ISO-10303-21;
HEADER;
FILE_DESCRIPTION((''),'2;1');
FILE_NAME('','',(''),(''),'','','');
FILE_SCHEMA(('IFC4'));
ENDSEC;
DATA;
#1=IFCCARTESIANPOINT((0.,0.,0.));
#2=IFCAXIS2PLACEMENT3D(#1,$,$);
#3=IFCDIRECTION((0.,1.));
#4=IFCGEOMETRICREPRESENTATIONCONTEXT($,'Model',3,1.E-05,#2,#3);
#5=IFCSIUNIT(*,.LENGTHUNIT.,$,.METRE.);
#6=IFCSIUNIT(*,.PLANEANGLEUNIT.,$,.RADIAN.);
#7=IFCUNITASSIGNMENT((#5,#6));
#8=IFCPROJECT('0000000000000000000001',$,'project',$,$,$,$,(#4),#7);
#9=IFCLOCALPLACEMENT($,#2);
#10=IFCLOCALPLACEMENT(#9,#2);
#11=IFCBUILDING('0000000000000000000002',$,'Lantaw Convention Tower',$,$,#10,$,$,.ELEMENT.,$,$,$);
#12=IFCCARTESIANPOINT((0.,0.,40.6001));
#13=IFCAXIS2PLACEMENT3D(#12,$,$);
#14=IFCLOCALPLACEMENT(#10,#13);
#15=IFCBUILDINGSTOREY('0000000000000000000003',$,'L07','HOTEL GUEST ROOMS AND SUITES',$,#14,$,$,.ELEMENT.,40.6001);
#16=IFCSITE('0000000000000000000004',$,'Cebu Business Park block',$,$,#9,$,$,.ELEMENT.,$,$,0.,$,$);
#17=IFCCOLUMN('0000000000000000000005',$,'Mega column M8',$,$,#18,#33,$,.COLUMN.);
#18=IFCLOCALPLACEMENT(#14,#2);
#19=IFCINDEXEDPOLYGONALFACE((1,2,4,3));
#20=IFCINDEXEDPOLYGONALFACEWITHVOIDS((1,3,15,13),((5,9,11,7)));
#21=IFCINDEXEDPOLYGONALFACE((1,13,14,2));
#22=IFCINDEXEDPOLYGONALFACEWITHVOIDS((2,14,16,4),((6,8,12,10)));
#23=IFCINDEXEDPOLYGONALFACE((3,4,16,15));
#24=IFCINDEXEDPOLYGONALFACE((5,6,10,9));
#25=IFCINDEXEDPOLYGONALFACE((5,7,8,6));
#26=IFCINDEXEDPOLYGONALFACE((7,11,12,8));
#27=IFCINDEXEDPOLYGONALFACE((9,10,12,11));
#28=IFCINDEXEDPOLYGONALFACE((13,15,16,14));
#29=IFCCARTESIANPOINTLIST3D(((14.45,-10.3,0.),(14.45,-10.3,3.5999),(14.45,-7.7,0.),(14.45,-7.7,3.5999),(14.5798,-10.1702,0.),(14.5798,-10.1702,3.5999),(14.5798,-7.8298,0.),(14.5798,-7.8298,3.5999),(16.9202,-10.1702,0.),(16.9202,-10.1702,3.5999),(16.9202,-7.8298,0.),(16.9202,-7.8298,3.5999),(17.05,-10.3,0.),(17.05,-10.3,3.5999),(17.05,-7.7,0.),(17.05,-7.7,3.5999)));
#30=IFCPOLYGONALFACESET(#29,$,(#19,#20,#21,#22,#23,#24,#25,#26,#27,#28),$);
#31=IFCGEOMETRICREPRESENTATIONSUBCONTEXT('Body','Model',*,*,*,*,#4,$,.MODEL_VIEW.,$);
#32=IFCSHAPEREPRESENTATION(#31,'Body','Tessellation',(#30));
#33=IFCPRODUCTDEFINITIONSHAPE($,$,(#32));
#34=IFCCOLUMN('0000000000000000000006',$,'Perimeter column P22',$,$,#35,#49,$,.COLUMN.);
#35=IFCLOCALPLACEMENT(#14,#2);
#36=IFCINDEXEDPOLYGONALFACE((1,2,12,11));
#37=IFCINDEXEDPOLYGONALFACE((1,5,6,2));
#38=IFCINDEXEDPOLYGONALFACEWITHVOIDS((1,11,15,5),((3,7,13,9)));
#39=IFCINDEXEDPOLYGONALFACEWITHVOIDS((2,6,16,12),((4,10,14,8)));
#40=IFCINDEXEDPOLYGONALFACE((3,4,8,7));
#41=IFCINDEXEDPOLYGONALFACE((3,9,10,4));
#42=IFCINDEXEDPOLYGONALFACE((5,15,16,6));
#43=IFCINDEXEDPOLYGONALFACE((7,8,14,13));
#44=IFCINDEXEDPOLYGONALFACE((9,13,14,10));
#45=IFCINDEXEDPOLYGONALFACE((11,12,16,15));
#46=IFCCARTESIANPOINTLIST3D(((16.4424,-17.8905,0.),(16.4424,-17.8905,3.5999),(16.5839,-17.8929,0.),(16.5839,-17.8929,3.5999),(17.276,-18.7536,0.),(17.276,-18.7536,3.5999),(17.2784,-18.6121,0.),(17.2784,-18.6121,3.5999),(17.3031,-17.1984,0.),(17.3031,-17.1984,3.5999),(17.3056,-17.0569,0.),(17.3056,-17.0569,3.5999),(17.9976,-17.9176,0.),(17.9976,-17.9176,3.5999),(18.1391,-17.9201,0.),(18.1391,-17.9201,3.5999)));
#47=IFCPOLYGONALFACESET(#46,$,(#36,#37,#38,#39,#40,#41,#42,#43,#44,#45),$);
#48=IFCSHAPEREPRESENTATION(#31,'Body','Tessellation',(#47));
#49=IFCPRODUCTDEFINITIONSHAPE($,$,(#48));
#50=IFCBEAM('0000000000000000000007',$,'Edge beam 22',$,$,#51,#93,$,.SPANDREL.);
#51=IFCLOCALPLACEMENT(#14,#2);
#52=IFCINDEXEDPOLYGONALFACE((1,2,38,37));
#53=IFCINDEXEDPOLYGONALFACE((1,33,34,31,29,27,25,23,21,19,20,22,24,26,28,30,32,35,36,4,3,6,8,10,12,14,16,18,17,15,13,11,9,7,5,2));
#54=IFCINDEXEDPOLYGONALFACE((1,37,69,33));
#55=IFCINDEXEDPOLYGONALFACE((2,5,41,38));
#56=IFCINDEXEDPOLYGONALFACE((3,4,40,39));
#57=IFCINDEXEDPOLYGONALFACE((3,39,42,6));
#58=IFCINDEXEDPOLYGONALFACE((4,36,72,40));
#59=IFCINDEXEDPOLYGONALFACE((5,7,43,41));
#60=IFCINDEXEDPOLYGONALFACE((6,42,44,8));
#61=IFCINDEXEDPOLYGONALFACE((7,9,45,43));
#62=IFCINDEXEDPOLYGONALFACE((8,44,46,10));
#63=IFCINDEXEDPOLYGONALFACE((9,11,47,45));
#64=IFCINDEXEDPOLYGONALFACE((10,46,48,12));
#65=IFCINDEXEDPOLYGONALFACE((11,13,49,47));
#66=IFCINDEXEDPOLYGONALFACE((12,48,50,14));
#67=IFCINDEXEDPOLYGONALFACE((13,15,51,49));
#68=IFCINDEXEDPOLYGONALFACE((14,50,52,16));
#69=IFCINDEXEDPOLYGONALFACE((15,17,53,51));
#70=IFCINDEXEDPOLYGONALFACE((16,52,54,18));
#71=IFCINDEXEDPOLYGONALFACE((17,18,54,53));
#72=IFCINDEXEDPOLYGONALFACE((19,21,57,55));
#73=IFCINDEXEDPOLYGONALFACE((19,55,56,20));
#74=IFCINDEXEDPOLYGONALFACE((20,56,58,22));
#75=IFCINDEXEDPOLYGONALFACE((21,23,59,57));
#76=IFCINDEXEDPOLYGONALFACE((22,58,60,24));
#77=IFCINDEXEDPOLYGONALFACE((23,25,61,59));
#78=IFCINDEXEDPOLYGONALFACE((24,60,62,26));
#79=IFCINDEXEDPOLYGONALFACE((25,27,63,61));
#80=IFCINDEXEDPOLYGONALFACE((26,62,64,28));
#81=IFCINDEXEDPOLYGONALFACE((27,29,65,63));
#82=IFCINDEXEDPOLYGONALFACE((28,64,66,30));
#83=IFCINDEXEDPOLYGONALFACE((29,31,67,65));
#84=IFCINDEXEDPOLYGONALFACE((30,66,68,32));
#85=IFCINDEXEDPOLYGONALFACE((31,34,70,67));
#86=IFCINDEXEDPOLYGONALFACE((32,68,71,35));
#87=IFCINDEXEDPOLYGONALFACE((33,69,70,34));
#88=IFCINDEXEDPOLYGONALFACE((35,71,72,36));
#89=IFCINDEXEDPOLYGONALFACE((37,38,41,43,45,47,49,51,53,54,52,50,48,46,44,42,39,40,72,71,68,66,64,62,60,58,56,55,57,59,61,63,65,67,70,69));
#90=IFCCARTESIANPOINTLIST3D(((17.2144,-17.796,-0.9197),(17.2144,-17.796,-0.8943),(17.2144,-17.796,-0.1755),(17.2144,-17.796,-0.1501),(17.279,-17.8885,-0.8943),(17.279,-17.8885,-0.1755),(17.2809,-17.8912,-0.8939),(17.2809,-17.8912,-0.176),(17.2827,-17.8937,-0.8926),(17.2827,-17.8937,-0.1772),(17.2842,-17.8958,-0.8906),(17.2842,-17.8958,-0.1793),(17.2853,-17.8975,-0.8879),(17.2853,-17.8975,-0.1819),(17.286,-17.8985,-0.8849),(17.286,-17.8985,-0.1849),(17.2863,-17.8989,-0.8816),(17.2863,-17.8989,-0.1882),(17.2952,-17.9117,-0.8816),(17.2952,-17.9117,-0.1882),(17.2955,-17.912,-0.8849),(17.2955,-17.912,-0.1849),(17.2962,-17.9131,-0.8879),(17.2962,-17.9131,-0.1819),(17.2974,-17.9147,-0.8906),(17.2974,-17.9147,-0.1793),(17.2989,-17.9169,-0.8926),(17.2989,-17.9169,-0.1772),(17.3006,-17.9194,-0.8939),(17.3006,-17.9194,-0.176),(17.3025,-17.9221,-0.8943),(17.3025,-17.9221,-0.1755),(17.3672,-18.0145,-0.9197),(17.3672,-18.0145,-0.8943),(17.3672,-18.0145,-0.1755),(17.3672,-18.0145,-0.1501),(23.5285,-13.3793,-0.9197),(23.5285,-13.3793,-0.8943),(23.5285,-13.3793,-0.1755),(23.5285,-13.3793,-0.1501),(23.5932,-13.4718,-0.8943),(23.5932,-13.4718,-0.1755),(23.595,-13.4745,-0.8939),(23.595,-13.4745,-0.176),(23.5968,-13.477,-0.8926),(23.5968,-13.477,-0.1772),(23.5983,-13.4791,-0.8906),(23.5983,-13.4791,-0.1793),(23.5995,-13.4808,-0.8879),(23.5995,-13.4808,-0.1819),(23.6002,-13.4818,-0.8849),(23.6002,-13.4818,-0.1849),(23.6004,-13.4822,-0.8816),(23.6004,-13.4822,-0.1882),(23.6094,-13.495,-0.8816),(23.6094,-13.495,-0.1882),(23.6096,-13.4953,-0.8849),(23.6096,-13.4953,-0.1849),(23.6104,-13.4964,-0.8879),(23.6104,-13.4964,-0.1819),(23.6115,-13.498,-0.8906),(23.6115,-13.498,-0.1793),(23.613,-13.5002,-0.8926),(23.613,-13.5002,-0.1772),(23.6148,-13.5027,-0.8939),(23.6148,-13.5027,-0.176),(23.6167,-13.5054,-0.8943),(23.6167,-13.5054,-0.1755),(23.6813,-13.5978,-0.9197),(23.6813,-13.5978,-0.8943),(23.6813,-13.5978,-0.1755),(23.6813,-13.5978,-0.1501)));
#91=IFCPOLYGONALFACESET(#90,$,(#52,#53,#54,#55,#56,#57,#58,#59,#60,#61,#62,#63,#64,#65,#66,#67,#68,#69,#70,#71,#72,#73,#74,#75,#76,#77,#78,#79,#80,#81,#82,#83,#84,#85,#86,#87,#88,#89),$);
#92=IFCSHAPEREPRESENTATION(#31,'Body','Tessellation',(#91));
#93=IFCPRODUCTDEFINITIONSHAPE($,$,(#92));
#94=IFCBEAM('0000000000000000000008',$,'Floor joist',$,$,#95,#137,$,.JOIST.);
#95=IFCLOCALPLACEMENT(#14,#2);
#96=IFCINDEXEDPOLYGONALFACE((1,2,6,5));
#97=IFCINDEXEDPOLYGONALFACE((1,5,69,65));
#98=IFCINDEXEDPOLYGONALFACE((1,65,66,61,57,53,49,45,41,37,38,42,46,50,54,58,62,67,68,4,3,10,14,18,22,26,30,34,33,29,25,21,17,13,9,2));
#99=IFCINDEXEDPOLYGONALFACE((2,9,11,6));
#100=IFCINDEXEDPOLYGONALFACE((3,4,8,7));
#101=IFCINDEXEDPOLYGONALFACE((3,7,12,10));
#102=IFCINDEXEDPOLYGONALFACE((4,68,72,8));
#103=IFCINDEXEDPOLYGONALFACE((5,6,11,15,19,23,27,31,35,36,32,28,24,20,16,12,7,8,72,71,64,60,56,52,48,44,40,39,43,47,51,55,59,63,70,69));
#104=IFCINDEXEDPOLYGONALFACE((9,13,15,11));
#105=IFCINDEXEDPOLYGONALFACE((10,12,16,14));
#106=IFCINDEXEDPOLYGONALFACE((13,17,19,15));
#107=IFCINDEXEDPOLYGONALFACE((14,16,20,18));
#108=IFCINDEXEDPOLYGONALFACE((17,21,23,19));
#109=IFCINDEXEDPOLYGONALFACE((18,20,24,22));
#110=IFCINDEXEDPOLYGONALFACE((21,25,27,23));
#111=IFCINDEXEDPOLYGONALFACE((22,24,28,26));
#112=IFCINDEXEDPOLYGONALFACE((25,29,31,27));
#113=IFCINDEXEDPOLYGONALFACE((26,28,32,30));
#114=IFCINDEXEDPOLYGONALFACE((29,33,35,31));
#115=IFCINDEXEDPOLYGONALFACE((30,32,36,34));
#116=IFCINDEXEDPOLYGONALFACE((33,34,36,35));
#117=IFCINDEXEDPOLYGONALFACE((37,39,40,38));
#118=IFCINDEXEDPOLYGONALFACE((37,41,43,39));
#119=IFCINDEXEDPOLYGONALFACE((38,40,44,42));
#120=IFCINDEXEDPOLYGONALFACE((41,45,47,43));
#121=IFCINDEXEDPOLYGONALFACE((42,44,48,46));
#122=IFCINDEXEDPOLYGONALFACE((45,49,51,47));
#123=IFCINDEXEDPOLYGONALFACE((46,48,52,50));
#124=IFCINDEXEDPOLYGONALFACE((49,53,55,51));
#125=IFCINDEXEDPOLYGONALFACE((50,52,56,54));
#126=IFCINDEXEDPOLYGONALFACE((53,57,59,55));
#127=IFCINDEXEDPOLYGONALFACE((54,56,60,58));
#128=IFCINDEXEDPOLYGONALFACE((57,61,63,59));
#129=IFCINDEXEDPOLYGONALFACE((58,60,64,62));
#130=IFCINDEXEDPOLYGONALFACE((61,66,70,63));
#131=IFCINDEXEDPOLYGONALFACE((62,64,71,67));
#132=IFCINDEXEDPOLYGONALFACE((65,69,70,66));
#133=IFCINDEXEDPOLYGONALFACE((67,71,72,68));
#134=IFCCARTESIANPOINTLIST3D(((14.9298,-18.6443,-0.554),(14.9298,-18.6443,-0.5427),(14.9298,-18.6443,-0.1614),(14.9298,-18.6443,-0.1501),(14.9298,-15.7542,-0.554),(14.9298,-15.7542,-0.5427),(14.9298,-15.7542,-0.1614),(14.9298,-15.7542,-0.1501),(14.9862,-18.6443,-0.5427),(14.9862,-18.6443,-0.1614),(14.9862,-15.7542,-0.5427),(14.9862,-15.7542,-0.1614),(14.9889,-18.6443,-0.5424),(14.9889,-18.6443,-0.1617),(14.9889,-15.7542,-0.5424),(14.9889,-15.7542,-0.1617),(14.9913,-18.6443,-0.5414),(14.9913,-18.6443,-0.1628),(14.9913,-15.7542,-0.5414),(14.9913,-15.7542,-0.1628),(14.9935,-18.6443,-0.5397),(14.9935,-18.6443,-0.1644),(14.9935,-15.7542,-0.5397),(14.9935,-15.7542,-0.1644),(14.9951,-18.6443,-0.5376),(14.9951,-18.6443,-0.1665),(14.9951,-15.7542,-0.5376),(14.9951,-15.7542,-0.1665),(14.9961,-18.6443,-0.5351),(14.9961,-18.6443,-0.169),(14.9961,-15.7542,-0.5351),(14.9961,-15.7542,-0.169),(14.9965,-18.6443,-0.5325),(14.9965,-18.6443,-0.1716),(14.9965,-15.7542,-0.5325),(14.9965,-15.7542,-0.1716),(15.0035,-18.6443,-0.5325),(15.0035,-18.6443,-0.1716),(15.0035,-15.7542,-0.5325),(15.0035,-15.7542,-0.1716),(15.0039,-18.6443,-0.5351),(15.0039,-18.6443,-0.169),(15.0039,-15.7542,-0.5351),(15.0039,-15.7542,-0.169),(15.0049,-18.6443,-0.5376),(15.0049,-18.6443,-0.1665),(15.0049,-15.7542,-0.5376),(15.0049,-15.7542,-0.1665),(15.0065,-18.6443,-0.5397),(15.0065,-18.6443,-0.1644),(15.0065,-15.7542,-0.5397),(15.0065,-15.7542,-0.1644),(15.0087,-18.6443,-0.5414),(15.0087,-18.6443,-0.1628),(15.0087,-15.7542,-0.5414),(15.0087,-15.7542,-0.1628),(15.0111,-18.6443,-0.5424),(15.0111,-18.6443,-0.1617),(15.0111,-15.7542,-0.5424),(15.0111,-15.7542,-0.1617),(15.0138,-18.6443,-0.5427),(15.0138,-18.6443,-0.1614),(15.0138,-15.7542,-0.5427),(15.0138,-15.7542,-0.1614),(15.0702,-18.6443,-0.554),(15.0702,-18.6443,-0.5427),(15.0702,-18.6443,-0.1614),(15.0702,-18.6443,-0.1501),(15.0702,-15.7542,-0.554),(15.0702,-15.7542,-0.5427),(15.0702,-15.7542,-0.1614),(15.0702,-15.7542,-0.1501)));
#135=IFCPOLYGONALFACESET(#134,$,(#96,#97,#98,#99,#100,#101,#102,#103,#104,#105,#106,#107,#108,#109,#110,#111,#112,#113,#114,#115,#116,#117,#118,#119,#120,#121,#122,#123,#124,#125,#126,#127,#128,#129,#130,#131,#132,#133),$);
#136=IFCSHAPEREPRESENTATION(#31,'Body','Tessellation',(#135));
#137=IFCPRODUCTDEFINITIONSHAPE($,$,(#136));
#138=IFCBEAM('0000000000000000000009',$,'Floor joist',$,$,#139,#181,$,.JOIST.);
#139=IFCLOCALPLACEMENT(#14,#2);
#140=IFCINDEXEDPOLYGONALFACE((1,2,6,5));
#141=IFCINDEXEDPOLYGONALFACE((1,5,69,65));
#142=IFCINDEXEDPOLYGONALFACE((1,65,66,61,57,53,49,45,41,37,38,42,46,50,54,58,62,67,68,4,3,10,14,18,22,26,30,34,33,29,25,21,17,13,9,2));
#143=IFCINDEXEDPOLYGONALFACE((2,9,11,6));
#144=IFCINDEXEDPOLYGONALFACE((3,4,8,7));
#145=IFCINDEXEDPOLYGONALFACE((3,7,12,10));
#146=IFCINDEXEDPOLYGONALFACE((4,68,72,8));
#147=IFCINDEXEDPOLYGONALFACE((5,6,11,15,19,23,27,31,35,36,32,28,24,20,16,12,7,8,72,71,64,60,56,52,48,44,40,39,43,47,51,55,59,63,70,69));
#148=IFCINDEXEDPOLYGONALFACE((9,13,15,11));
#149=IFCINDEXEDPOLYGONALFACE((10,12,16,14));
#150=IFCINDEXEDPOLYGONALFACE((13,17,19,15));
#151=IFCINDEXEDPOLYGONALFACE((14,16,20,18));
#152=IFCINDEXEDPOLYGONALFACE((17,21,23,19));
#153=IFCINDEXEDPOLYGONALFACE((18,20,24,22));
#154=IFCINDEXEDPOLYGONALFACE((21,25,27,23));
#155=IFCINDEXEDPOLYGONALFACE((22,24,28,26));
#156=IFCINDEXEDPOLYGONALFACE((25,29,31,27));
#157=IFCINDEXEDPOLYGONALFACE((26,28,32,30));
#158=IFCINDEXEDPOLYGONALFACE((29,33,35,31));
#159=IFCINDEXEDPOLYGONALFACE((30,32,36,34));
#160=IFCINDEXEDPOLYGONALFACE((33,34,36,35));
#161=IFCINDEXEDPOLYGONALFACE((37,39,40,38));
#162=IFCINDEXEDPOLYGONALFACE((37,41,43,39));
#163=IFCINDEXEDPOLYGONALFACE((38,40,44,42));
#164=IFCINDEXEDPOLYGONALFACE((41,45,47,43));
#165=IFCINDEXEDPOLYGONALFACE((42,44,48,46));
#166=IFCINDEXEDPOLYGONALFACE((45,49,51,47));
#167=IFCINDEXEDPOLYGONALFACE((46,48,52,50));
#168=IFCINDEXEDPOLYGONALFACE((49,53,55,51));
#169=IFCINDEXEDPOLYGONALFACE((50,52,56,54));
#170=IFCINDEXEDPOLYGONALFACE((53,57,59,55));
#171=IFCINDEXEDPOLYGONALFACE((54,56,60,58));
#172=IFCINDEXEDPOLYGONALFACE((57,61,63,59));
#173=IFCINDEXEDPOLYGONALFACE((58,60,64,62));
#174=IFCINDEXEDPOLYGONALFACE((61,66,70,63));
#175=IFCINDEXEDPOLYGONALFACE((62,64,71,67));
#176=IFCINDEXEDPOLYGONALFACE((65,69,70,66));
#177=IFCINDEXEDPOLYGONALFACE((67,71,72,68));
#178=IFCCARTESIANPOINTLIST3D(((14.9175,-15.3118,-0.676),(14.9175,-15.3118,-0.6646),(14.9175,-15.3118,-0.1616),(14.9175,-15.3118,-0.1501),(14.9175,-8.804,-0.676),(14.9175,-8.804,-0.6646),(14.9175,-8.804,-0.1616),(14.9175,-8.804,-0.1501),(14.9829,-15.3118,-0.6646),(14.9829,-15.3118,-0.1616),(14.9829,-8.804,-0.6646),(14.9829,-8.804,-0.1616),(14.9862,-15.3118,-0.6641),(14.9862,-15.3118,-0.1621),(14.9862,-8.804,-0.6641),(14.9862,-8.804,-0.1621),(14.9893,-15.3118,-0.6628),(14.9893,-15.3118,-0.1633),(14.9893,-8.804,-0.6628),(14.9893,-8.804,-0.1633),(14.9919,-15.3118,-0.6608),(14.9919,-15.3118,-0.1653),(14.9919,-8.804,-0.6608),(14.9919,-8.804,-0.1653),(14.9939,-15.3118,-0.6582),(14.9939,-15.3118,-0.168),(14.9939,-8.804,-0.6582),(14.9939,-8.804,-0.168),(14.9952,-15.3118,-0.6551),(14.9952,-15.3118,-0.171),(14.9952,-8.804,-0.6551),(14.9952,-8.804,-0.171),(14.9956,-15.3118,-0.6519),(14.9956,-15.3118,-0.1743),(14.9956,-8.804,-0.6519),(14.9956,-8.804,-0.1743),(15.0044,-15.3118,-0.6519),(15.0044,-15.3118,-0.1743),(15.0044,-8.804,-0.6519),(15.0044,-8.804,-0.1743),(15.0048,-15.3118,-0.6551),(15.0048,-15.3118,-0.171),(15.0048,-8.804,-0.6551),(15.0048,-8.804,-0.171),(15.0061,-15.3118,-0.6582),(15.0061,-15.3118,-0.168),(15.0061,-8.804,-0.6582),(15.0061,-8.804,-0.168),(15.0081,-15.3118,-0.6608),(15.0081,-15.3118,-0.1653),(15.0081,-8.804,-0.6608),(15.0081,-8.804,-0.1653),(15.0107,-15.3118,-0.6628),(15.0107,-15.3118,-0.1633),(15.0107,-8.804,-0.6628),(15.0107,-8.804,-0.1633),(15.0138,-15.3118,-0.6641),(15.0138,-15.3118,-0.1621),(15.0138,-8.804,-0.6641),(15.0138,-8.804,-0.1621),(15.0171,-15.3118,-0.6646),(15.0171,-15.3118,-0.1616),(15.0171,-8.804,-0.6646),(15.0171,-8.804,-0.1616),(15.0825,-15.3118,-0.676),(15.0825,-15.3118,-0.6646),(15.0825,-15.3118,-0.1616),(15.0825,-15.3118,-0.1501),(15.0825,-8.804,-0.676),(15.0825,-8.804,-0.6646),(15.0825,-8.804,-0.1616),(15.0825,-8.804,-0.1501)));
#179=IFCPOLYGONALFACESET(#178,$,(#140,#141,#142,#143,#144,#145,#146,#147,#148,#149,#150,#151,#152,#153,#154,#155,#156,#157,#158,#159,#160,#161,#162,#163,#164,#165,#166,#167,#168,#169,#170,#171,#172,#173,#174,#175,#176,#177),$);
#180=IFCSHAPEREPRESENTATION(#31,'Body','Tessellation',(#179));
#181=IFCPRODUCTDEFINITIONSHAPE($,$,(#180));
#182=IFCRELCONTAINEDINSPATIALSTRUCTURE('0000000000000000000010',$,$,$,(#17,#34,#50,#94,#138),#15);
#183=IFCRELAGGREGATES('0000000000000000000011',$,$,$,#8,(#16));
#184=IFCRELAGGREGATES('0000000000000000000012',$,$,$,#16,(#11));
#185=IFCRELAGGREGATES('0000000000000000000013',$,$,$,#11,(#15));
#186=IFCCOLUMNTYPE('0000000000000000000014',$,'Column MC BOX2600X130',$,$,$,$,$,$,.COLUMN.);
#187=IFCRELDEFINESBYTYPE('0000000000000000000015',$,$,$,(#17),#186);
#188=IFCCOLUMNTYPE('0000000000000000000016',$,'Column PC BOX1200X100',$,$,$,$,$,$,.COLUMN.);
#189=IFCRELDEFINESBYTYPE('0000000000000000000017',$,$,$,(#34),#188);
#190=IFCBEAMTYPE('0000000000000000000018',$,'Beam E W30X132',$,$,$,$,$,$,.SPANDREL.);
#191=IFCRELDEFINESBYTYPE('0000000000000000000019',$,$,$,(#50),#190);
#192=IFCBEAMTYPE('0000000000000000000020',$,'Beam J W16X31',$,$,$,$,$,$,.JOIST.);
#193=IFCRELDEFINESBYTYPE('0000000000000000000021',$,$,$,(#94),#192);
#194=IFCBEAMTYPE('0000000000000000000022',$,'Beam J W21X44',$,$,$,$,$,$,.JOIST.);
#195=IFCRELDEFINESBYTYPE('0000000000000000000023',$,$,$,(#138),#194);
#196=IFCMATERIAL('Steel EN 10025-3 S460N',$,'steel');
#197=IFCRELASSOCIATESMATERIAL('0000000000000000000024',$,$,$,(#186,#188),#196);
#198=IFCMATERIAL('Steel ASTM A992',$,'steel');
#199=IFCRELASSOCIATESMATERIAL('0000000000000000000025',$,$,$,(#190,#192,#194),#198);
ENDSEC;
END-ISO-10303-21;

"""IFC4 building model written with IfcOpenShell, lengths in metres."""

from ifc_helpers import new_model, si_unit, direction, frame, origin, origin_2d, place, context, subcontext, project, spatial, rectangle, hollow_rectangle, i_section, extrude, material, material_profile, profile_set, type_object, element, save


model = new_model("IFC4")

# Units and contexts
model_context = context("Model", 3, precision=1e-05, world=origin(), true_north=direction((0.0, 1.0)))
body_context = subcontext(model_context, "Body", "Model", "MODEL_VIEW")
ifc_project = project(units=[si_unit("LENGTHUNIT", "METRE"), si_unit("PLANEANGLEUNIT", "RADIAN")], contexts=[model_context])

# Site, building, storey
site_placement = place(None, origin())
site = spatial("IfcSite", under=ifc_project, at=site_placement, Name="Cebu Business Park block", CompositionType="ELEMENT", RefElevation=0.0)
building_placement = place(site_placement, origin())
building = spatial("IfcBuilding", under=site, at=building_placement, Name="Lantaw Convention Tower", CompositionType="ELEMENT")
storey_placement = place(building_placement, frame((0.0, 0.0, 40.6001)))
storey = spatial("IfcBuildingStorey", under=building, at=storey_placement, Name="L07", Description="HOTEL GUEST ROOMS AND SUITES", CompositionType="ELEMENT", Elevation=40.6001)

# Columns
ifc_material_1 = material(Name="Steel EN 10025-3 S460N", Category="steel")
ifc_material_profile_1 = material_profile(ifc_material_1, hollow_rectangle(XDim=2.6001, YDim=2.6001, WallThickness=0.1299, at=origin_2d()), Name="BOX2600X130")
ifc_material_2 = material(Name="Concrete C60/75", Category="concrete")
ifc_material_profile_2 = material_profile(ifc_material_2, rectangle(XDim=2.3401, YDim=2.3401, at=origin_2d()), Name="Concrete fill of BOX2600X130")
ifc_profile_set_1 = profile_set([ifc_material_profile_1, ifc_material_profile_2], Name="Steel EN 10025-3 S460N")
column_type_1 = type_object("IfcColumnType", Name="Column MC BOX2600X130", PredefinedType="COLUMN", material=ifc_profile_set_1)
column_1_placement = place(storey_placement, frame((15.75, -9.0, 0.0), z_axis=(0.0, 0.0, 1.0), x_axis=(1.0, 0.0, 0.0)))
element("IfcColumn", 1, at=column_1_placement, inside=storey, type_object=column_type_1, Name="Mega column M8", PredefinedType="COLUMN", context=body_context, shape_type="SweptSolid", body=[
    extrude(hollow_rectangle(XDim=2.6001, YDim=2.6001, WallThickness=0.1299, at=origin_2d()), origin(), (0.0, 0.0, 1.0), 3.5999),
])
ifc_material_profile_3 = material_profile(ifc_material_1, hollow_rectangle(XDim=1.2, YDim=1.2, WallThickness=0.1001, at=origin_2d()), Name="BOX1200X100")
ifc_material_profile_4 = material_profile(ifc_material_2, rectangle(XDim=1.0, YDim=1.0, at=origin_2d()), Name="Concrete fill of BOX1200X100")
ifc_profile_set_2 = profile_set([ifc_material_profile_3, ifc_material_profile_4], Name="Steel EN 10025-3 S460N")
column_type_2 = type_object("IfcColumnType", Name="Column PC BOX1200X100", PredefinedType="COLUMN", material=ifc_profile_set_2)
column_2_placement = place(storey_placement, frame((17.2908, -17.9053, 0.0), z_axis=(0.0, 0.0, 1.0), x_axis=(0.71934, 0.694658, 0.0)))
element("IfcColumn", 2, at=column_2_placement, inside=storey, type_object=column_type_2, Name="Perimeter column P22", PredefinedType="COLUMN", context=body_context, shape_type="SweptSolid", body=[
    extrude(hollow_rectangle(XDim=1.2, YDim=1.2, WallThickness=0.1001, at=origin_2d()), origin(), (0.0, 0.0, 1.0), 3.5999),
])

# Beams
ifc_material_3 = material(Name="Steel ASTM A992", Category="steel")
ifc_material_profile_5 = material_profile(ifc_material_3, i_section(OverallWidth=0.2666, OverallDepth=0.7695, WebThickness=0.0156, FlangeThickness=0.0254, FilletRadius=0.0127, at=origin_2d()), Name="W30X132")
ifc_profile_set_3 = profile_set([ifc_material_profile_5], Name="Steel ASTM A992")
beam_type_1 = type_object("IfcBeamType", Name="Beam E W30X132", PredefinedType="SPANDREL", material=ifc_profile_set_3)
beam_1_placement = place(storey_placement, frame((17.2908, -17.9053, -0.5349), z_axis=(0.819427, 0.573184, 0.0), x_axis=(-0.573184, 0.819427, 0.0)))
element("IfcBeam", 3, at=beam_1_placement, inside=storey, type_object=beam_type_1, Name="Edge beam 22", PredefinedType="SPANDREL", context=body_context, shape_type="SweptSolid", body=[
    extrude(i_section(OverallWidth=0.2666, OverallDepth=0.7695, WebThickness=0.0156, FlangeThickness=0.0254, FilletRadius=0.0127, at=origin_2d()), origin(), (0.0, 0.0, 1.0), 7.7056),
])
ifc_material_profile_6 = material_profile(ifc_material_3, i_section(OverallWidth=0.1404, OverallDepth=0.4038, WebThickness=0.0071, FlangeThickness=0.0112, FilletRadius=0.0103, at=origin_2d()), Name="W16X31")
ifc_profile_set_4 = profile_set([ifc_material_profile_6], Name="Steel ASTM A992")
beam_type_2 = type_object("IfcBeamType", Name="Beam J W16X31", PredefinedType="JOIST", material=ifc_profile_set_4)
beam_2_placement = place(storey_placement, frame((15.0, -18.6443, -0.3521), z_axis=(0.0, 1.0, 0.0), x_axis=(-1.0, 0.0, 0.0)))
element("IfcBeam", 4, at=beam_2_placement, inside=storey, type_object=beam_type_2, Name="Floor joist", PredefinedType="JOIST", context=body_context, shape_type="SweptSolid", body=[
    extrude(i_section(OverallWidth=0.1404, OverallDepth=0.4038, WebThickness=0.0071, FlangeThickness=0.0112, FilletRadius=0.0103, at=origin_2d()), origin(), (0.0, 0.0, 1.0), 2.8901),
])
ifc_material_profile_7 = material_profile(ifc_material_3, i_section(OverallWidth=0.165, OverallDepth=0.5259, WebThickness=0.0088, FlangeThickness=0.0115, FilletRadius=0.0127, at=origin_2d()), Name="W21X44")
ifc_profile_set_5 = profile_set([ifc_material_profile_7], Name="Steel ASTM A992")
beam_type_3 = type_object("IfcBeamType", Name="Beam J W21X44", PredefinedType="JOIST", material=ifc_profile_set_5)
beam_3_placement = place(storey_placement, frame((15.0, -15.3118, -0.4131), z_axis=(0.0, 1.0, 0.0), x_axis=(-1.0, 0.0, 0.0)))
element("IfcBeam", 5, at=beam_3_placement, inside=storey, type_object=beam_type_3, Name="Floor joist", PredefinedType="JOIST", context=body_context, shape_type="SweptSolid", body=[
    extrude(i_section(OverallWidth=0.165, OverallDepth=0.5259, WebThickness=0.0088, FlangeThickness=0.0115, FilletRadius=0.0127, at=origin_2d()), origin(), (0.0, 0.0, 1.0), 6.5078),
])

save(model, "model.ifc")
